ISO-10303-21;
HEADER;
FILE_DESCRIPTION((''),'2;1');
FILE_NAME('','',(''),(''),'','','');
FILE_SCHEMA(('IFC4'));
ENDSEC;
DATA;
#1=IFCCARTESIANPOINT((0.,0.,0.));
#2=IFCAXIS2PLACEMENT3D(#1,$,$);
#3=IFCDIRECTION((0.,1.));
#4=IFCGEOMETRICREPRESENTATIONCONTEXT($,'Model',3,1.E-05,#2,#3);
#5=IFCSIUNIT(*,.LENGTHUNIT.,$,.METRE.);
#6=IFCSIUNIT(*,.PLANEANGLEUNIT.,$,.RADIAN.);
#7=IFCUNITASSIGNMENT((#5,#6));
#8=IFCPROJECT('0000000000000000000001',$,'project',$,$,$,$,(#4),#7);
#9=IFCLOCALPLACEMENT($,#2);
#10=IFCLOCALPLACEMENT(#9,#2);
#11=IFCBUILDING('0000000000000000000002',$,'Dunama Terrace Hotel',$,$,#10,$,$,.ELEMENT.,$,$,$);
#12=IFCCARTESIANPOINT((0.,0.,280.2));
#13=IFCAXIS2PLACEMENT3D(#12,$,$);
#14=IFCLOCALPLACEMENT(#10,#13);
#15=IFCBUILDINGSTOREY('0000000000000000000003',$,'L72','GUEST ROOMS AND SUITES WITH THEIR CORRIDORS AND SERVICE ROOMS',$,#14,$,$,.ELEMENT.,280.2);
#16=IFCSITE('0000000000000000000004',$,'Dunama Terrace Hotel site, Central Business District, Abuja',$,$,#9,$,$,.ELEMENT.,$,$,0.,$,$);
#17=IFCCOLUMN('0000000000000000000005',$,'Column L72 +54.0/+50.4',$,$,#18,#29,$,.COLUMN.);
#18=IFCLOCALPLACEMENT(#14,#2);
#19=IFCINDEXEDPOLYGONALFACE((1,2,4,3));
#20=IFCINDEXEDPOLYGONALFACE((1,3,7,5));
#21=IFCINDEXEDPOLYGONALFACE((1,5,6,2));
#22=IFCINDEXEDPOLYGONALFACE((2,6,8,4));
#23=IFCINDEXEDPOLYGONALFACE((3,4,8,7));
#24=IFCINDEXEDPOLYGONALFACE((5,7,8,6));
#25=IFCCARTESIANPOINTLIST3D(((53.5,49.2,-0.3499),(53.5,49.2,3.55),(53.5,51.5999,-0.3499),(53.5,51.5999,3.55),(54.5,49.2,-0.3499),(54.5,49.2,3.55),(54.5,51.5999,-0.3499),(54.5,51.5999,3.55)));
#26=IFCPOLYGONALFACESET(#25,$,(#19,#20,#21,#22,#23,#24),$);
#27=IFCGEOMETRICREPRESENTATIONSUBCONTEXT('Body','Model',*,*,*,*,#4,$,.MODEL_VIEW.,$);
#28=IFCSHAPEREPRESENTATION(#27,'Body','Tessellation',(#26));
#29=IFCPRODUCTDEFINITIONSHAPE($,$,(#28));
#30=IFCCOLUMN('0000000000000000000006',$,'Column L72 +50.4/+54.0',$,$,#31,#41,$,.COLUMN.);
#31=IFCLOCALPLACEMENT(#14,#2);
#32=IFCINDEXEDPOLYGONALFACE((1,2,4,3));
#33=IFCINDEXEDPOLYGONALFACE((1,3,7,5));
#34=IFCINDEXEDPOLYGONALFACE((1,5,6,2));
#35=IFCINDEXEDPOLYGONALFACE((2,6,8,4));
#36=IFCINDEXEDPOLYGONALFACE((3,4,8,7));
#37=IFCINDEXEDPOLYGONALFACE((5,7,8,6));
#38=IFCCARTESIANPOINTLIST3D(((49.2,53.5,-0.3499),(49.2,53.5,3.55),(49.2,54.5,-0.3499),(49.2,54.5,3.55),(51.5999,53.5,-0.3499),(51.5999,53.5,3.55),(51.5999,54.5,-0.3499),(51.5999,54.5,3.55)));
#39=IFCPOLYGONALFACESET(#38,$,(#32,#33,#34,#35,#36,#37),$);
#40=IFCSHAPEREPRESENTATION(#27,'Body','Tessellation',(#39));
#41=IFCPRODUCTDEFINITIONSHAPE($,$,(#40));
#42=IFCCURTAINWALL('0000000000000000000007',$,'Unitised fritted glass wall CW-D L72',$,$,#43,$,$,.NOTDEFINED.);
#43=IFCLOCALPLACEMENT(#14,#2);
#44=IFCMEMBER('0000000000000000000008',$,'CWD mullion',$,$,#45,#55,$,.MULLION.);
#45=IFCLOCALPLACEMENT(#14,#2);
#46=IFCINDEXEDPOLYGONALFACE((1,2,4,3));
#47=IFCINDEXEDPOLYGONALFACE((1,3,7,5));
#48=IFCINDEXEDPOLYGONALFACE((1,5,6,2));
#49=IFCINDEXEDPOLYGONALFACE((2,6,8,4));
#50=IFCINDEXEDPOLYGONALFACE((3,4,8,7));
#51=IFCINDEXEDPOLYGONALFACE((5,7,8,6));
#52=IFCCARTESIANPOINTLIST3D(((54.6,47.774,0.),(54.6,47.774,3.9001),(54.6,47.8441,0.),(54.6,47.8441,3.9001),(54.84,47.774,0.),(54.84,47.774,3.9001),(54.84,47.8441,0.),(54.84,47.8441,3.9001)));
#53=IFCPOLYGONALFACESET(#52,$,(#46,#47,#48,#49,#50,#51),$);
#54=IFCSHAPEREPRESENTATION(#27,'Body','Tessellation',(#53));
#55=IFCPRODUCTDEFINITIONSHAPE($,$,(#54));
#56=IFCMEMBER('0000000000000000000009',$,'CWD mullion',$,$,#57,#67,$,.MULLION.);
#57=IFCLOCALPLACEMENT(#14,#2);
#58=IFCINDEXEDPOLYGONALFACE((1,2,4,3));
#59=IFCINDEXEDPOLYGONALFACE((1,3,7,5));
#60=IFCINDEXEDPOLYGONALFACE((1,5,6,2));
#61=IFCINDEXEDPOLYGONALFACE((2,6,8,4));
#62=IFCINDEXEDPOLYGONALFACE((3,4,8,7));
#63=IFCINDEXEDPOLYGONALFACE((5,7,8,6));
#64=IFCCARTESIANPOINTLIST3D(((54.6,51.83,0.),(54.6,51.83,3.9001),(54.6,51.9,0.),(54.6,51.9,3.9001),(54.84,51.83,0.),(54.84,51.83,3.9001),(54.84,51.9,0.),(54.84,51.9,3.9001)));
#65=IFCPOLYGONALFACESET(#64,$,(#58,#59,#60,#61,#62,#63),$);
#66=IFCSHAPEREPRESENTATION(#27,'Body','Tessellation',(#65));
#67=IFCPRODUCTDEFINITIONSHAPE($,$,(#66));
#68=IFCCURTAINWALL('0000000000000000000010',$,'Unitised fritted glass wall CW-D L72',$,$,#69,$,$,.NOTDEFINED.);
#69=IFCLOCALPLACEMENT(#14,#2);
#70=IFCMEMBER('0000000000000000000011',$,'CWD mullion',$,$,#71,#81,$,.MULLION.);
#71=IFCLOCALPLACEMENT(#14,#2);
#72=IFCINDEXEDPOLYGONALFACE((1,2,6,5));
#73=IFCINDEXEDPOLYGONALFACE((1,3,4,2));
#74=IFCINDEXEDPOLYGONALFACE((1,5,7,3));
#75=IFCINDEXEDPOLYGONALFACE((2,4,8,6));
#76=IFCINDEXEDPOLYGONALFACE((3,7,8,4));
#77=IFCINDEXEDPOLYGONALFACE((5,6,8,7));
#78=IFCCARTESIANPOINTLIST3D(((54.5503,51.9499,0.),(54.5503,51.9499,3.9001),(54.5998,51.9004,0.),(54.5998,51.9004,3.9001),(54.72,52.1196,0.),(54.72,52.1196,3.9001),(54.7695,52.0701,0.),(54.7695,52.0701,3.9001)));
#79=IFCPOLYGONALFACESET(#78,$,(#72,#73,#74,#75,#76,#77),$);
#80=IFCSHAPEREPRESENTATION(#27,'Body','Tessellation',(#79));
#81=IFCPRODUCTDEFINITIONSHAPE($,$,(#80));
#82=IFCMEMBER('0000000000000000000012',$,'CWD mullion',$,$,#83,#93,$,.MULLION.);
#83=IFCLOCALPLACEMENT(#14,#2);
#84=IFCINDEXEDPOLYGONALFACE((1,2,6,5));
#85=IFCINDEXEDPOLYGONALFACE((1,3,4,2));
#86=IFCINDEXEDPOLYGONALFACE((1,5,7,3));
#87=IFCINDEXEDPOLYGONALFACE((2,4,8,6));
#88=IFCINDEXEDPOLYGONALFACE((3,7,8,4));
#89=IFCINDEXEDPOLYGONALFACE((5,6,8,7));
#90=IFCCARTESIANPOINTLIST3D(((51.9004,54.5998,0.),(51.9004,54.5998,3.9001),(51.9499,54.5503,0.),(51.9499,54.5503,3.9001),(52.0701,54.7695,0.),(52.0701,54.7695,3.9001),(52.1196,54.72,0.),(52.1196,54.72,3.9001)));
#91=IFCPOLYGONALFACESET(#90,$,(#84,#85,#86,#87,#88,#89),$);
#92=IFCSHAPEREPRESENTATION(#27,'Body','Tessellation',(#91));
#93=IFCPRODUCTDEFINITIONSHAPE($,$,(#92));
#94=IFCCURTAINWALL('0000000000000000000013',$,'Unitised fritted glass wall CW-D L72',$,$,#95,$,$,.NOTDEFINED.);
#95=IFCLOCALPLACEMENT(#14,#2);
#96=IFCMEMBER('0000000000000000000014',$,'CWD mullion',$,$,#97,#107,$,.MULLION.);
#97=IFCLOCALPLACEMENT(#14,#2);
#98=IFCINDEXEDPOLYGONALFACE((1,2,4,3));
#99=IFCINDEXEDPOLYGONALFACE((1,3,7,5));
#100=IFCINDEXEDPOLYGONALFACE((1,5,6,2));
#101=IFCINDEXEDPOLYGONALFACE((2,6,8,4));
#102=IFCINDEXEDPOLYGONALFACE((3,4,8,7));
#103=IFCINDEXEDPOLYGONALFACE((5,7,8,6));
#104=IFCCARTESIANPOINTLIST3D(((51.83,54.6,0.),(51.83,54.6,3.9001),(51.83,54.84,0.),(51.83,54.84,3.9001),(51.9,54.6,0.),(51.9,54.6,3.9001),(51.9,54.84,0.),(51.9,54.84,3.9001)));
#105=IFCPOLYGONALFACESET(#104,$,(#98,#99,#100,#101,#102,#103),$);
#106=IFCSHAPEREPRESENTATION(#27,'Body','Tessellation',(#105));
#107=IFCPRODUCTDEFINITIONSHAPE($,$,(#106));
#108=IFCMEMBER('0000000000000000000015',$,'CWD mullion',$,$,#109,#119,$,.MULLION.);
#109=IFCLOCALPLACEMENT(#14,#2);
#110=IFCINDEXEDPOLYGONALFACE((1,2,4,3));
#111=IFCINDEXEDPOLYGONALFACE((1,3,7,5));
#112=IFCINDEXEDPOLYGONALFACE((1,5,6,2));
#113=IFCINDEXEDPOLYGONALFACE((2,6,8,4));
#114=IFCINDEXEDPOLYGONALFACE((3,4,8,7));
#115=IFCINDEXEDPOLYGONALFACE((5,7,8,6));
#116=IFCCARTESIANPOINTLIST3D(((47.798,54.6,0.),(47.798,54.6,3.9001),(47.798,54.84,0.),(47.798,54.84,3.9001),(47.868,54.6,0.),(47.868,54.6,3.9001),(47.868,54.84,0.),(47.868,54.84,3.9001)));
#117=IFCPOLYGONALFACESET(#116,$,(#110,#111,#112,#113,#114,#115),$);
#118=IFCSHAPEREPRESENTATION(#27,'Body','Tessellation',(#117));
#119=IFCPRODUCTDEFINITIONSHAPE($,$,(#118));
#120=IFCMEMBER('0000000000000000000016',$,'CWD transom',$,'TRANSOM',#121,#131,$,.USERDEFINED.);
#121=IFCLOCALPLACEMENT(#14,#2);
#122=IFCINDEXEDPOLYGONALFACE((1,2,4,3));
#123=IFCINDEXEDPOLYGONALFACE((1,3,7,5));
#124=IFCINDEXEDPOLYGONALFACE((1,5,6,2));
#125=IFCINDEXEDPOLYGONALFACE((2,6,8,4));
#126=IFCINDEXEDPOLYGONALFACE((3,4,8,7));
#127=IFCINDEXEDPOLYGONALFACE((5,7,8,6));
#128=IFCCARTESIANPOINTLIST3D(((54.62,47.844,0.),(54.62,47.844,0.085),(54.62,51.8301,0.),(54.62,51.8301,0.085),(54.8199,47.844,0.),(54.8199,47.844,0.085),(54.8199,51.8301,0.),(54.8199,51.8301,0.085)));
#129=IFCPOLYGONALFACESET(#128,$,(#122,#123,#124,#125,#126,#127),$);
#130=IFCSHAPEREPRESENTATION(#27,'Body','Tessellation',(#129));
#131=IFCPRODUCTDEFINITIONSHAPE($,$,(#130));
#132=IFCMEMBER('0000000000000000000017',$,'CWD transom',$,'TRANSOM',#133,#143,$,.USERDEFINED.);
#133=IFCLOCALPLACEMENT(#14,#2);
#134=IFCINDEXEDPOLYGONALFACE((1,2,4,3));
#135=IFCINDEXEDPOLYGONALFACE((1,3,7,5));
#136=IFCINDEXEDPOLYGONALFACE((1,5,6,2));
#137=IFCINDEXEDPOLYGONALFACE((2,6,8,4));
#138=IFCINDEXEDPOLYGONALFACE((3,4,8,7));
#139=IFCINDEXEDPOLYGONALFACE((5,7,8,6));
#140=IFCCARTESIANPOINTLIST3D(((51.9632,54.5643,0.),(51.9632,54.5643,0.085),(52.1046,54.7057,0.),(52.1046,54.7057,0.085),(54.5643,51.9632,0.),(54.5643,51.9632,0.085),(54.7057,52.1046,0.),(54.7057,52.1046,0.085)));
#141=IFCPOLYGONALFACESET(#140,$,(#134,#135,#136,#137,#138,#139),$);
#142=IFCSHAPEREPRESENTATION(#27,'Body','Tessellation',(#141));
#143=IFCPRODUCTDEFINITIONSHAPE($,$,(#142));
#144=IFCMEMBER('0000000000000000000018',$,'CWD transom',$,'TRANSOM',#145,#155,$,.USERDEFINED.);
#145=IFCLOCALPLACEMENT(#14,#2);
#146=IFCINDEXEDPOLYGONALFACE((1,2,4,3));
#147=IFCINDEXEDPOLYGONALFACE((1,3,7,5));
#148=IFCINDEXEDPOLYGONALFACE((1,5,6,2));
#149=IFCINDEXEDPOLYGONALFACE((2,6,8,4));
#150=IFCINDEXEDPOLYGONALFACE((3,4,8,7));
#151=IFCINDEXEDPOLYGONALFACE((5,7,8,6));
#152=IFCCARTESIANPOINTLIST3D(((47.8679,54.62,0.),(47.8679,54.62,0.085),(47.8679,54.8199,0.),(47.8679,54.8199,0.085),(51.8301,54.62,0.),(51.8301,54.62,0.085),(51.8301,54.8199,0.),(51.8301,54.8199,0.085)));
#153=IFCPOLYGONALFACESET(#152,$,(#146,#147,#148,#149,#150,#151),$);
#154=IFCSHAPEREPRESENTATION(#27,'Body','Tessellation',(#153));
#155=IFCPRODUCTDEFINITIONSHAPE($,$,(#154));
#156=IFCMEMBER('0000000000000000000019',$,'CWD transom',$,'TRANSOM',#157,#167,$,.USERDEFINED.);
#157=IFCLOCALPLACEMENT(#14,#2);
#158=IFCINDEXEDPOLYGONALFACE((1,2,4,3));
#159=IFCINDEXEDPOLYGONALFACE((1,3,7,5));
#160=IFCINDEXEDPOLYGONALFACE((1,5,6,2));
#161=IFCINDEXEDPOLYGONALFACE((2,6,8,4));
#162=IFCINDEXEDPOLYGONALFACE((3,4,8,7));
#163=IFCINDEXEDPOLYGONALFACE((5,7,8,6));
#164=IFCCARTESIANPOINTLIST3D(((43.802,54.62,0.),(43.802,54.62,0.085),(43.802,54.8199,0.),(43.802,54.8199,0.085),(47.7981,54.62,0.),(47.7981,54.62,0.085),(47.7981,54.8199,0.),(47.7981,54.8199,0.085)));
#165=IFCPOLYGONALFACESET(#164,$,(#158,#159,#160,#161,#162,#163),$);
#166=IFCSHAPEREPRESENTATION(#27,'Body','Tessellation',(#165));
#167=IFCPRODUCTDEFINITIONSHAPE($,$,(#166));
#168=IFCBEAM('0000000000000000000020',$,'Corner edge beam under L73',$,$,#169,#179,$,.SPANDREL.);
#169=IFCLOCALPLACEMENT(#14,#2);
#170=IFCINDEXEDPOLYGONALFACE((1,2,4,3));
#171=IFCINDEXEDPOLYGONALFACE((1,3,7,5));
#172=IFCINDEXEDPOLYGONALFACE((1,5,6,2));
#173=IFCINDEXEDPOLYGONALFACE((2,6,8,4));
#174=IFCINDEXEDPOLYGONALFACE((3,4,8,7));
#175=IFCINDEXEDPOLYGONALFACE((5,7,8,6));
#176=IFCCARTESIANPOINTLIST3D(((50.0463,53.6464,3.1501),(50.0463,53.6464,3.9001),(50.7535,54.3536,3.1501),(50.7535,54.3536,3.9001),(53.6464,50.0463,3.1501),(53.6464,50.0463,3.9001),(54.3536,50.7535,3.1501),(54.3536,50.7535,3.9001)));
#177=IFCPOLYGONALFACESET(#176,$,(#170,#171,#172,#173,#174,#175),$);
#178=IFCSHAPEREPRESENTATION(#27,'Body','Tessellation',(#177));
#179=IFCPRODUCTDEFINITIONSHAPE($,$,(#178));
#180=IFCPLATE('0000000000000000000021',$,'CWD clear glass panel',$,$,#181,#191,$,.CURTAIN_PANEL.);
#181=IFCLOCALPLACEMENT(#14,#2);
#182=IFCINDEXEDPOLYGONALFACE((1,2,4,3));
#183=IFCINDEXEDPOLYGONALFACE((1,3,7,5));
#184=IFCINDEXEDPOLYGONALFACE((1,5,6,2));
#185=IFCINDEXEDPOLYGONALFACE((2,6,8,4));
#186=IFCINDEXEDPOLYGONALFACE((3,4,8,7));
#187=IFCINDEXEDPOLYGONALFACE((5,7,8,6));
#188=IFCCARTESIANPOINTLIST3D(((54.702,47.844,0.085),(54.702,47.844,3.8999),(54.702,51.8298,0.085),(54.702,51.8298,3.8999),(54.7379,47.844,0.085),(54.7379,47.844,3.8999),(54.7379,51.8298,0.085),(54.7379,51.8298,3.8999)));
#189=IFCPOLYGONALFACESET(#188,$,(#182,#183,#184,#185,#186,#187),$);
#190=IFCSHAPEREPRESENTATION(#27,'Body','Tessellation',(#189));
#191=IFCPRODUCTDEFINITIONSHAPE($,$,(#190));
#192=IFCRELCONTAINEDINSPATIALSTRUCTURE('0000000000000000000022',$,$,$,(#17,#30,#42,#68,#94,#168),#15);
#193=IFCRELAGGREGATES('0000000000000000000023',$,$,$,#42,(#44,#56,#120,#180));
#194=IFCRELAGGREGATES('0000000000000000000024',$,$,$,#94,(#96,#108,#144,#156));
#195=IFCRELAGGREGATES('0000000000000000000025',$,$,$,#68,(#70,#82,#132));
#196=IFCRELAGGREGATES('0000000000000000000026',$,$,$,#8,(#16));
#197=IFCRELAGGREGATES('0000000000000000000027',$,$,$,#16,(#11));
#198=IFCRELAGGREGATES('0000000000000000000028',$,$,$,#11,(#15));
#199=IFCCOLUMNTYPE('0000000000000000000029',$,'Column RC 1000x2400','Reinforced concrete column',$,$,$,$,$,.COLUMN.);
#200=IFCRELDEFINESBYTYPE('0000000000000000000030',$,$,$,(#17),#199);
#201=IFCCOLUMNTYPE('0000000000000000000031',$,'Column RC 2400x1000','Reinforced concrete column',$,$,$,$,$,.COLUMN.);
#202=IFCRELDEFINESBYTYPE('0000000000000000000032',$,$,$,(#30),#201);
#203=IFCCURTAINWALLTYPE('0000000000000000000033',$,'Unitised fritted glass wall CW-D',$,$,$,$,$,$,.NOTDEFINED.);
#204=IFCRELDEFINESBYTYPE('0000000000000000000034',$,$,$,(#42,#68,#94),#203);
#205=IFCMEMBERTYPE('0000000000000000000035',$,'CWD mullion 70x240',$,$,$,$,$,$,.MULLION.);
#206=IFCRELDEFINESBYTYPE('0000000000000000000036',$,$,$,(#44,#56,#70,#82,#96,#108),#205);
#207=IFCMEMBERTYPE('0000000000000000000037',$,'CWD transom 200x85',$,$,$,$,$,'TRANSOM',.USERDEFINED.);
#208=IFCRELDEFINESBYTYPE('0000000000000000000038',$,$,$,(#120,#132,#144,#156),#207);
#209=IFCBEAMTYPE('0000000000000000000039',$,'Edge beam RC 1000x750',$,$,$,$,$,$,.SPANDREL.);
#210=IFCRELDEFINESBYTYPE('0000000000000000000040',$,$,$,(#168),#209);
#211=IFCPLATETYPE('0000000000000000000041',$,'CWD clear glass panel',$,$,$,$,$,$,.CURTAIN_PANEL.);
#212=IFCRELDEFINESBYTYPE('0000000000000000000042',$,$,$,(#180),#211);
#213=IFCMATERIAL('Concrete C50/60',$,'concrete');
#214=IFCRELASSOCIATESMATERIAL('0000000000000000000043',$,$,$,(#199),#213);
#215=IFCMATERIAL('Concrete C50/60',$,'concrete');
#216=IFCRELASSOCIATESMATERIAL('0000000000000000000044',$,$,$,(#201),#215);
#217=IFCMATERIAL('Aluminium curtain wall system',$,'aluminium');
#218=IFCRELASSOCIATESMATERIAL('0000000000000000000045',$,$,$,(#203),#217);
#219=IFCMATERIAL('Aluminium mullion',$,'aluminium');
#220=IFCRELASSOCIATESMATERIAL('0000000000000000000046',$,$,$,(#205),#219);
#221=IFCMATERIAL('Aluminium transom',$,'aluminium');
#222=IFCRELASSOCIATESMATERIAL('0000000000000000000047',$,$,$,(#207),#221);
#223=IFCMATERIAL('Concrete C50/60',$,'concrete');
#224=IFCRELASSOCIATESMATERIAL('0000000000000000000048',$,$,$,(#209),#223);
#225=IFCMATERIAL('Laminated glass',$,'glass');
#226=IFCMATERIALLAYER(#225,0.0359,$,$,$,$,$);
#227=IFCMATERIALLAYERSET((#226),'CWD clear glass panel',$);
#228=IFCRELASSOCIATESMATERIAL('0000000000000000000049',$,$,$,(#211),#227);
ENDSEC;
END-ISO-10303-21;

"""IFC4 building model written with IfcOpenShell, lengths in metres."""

from ifc_helpers import new_model, si_unit, direction, frame, origin, origin_2d, place, context, subcontext, project, spatial, rectangle, extrude, material, layer, layer_set, material_profile, profile_set, type_object, element, aggregate, save


model = new_model("IFC4")

# Units and contexts
model_context = context("Model", 3, precision=1e-05, world=origin(), true_north=direction((0.0, 1.0)))
body_context = subcontext(model_context, "Body", "Model", "MODEL_VIEW")
ifc_project = project(units=[si_unit("LENGTHUNIT", "METRE"), si_unit("PLANEANGLEUNIT", "RADIAN")], contexts=[model_context])

# Site, building, storey
site_placement = place(None, origin())
site = spatial("IfcSite", under=ifc_project, at=site_placement, Name="Dunama Terrace Hotel site, Central Business District, Abuja", CompositionType="ELEMENT", RefElevation=0.0)
building_placement = place(site_placement, origin())
building = spatial("IfcBuilding", under=site, at=building_placement, Name="Dunama Terrace Hotel", CompositionType="ELEMENT")
storey_placement = place(building_placement, frame((0.0, 0.0, 280.2)))
storey = spatial("IfcBuildingStorey", under=building, at=storey_placement, Name="L72", Description="GUEST ROOMS AND SUITES WITH THEIR CORRIDORS AND SERVICE ROOMS", CompositionType="ELEMENT", Elevation=280.2)

# Columns
ifc_material_1 = material(Name="Concrete C50/60", Category="concrete")
ifc_material_profile_1 = material_profile(ifc_material_1, rectangle(XDim=1.0, YDim=2.3999, at=origin_2d()), Name="RC 1000x2400")
ifc_profile_set_1 = profile_set([ifc_material_profile_1], Name="Concrete C50/60")
column_type_1 = type_object("IfcColumnType", Name="Column RC 1000x2400", Description="Reinforced concrete column", PredefinedType="COLUMN", material=ifc_profile_set_1)
column_1_placement = place(storey_placement, frame((54.0, 50.3999, -0.3499), z_axis=(0.0, 0.0, 1.0), x_axis=(1.0, 0.0, 0.0)))
element("IfcColumn", 1, at=column_1_placement, inside=storey, type_object=column_type_1, Name="Column L72 +54.0/+50.4", PredefinedType="COLUMN", context=body_context, shape_type="SweptSolid", body=[
    extrude(rectangle(XDim=1.0, YDim=2.3999, at=origin_2d()), origin(), (0.0, 0.0, 1.0), 3.8999),
])
ifc_material_2 = material(Name="Concrete C50/60", Category="concrete")
ifc_material_profile_2 = material_profile(ifc_material_2, rectangle(XDim=2.3999, YDim=1.0, at=origin_2d()), Name="RC 2400x1000")
ifc_profile_set_2 = profile_set([ifc_material_profile_2], Name="Concrete C50/60")
column_type_2 = type_object("IfcColumnType", Name="Column RC 2400x1000", Description="Reinforced concrete column", PredefinedType="COLUMN", material=ifc_profile_set_2)
column_2_placement = place(storey_placement, frame((50.3999, 54.0, -0.3499), z_axis=(0.0, 0.0, 1.0), x_axis=(1.0, 0.0, 0.0)))
element("IfcColumn", 2, at=column_2_placement, inside=storey, type_object=column_type_2, Name="Column L72 +50.4/+54.0", PredefinedType="COLUMN", context=body_context, shape_type="SweptSolid", body=[
    extrude(rectangle(XDim=2.3999, YDim=1.0, at=origin_2d()), origin(), (0.0, 0.0, 1.0), 3.8999),
])

# Curtain walls, members
ifc_material_3 = material(Name="Aluminium curtain wall system", Category="aluminium")
curtain_wall_type = type_object("IfcCurtainWallType", Name="Unitised fritted glass wall CW-D", PredefinedType="NOTDEFINED", material=ifc_material_3)
curtain_wall_1_placement = place(storey_placement, origin())
curtain_wall_1 = element("IfcCurtainWall", 3, at=curtain_wall_1_placement, inside=storey, type_object=curtain_wall_type, Name="Unitised fritted glass wall CW-D L72", PredefinedType="NOTDEFINED")
ifc_material_4 = material(Name="Aluminium mullion", Category="aluminium")
ifc_material_profile_3 = material_profile(ifc_material_4, rectangle(XDim=0.0701, YDim=0.24, at=origin_2d()), Name="CWD MULLION 70X240")
ifc_profile_set_3 = profile_set([ifc_material_profile_3], Name="Aluminium mullion")
member_type_1 = type_object("IfcMemberType", Name="CWD mullion 70x240", PredefinedType="MULLION", material=ifc_profile_set_3)
member_1_placement = place(storey_placement, frame((54.72, 47.8091, 0.0), z_axis=(0.0, 0.0, 1.0), x_axis=(0.0, 1.0, 0.0)))
member_1 = element("IfcMember", 4, at=member_1_placement, type_object=member_type_1, Name="CWD mullion", PredefinedType="MULLION", context=body_context, shape_type="SweptSolid", body=[
    extrude(rectangle(XDim=0.0701, YDim=0.24, at=origin_2d()), origin(), (0.0, 0.0, 1.0), 3.9001),
])
member_2_placement = place(storey_placement, frame((54.72, 51.865, 0.0), z_axis=(0.0, 0.0, 1.0), x_axis=(0.0, 1.0, 0.0)))
member_2 = element("IfcMember", 5, at=member_2_placement, type_object=member_type_1, Name="CWD mullion", PredefinedType="MULLION", context=body_context, shape_type="SweptSolid", body=[
    extrude(rectangle(XDim=0.0701, YDim=0.24, at=origin_2d()), origin(), (0.0, 0.0, 1.0), 3.9001),
])
curtain_wall_2_placement = place(storey_placement, origin())
curtain_wall_2 = element("IfcCurtainWall", 6, at=curtain_wall_2_placement, inside=storey, type_object=curtain_wall_type, Name="Unitised fritted glass wall CW-D L72", PredefinedType="NOTDEFINED")
member_3_placement = place(storey_placement, frame((54.6599, 52.01, 0.0), z_axis=(0.0, 0.0, 1.0), x_axis=(-0.707107, 0.707107, 0.0)))
member_3 = element("IfcMember", 7, at=member_3_placement, type_object=member_type_1, Name="CWD mullion", PredefinedType="MULLION", context=body_context, shape_type="SweptSolid", body=[
    extrude(rectangle(XDim=0.0701, YDim=0.24, at=origin_2d()), origin(), (0.0, 0.0, 1.0), 3.9001),
])
member_4_placement = place(storey_placement, frame((52.01, 54.6599, 0.0), z_axis=(0.0, 0.0, 1.0), x_axis=(-0.707107, 0.707107, 0.0)))
member_4 = element("IfcMember", 8, at=member_4_placement, type_object=member_type_1, Name="CWD mullion", PredefinedType="MULLION", context=body_context, shape_type="SweptSolid", body=[
    extrude(rectangle(XDim=0.0701, YDim=0.24, at=origin_2d()), origin(), (0.0, 0.0, 1.0), 3.9001),
])
curtain_wall_3_placement = place(storey_placement, origin())
curtain_wall_3 = element("IfcCurtainWall", 9, at=curtain_wall_3_placement, inside=storey, type_object=curtain_wall_type, Name="Unitised fritted glass wall CW-D L72", PredefinedType="NOTDEFINED")
member_5_placement = place(storey_placement, frame((51.865, 54.72, 0.0), z_axis=(0.0, 0.0, 1.0), x_axis=(-1.0, 0.0, 0.0)))
member_5 = element("IfcMember", 10, at=member_5_placement, type_object=member_type_1, Name="CWD mullion", PredefinedType="MULLION", context=body_context, shape_type="SweptSolid", body=[
    extrude(rectangle(XDim=0.0701, YDim=0.24, at=origin_2d()), origin(), (0.0, 0.0, 1.0), 3.9001),
])
member_6_placement = place(storey_placement, frame((47.833, 54.72, 0.0), z_axis=(0.0, 0.0, 1.0), x_axis=(-1.0, 0.0, 0.0)))
member_6 = element("IfcMember", 11, at=member_6_placement, type_object=member_type_1, Name="CWD mullion", PredefinedType="MULLION", context=body_context, shape_type="SweptSolid", body=[
    extrude(rectangle(XDim=0.0701, YDim=0.24, at=origin_2d()), origin(), (0.0, 0.0, 1.0), 3.9001),
])

# Members
ifc_material_5 = material(Name="Aluminium transom", Category="aluminium")
ifc_material_profile_4 = material_profile(ifc_material_5, rectangle(XDim=0.2, YDim=0.085, at=origin_2d()), Name="CWD TRANSOM 200X85")
ifc_profile_set_4 = profile_set([ifc_material_profile_4], Name="Aluminium transom")
member_type_2 = type_object("IfcMemberType", Name="CWD transom 200x85", ElementType="TRANSOM", PredefinedType="USERDEFINED", material=ifc_profile_set_4)
member_7_placement = place(storey_placement, frame((54.72, 47.844, 0.0425), z_axis=(0.0, 1.0, 0.0), x_axis=(-1.0, 0.0, 0.0)))
member_7 = element("IfcMember", 12, at=member_7_placement, type_object=member_type_2, Name="CWD transom", ObjectType="TRANSOM", PredefinedType="USERDEFINED", context=body_context, shape_type="SweptSolid", body=[
    extrude(rectangle(XDim=0.2, YDim=0.085, at=origin_2d()), origin(), (0.0, 0.0, 1.0), 3.9861),
])
member_8_placement = place(storey_placement, frame((54.635, 52.0339, 0.0425), z_axis=(-0.707107, 0.707107, 0.0), x_axis=(-0.707107, -0.707107, 0.0)))
member_8 = element("IfcMember", 13, at=member_8_placement, type_object=member_type_2, Name="CWD transom", ObjectType="TRANSOM", PredefinedType="USERDEFINED", context=body_context, shape_type="SweptSolid", body=[
    extrude(rectangle(XDim=0.2, YDim=0.085, at=origin_2d()), origin(), (0.0, 0.0, 1.0), 3.6785),
])
member_9_placement = place(storey_placement, frame((51.8301, 54.72, 0.0425), z_axis=(-1.0, 0.0, 0.0), x_axis=(0.0, -1.0, 0.0)))
member_9 = element("IfcMember", 14, at=member_9_placement, type_object=member_type_2, Name="CWD transom", ObjectType="TRANSOM", PredefinedType="USERDEFINED", context=body_context, shape_type="SweptSolid", body=[
    extrude(rectangle(XDim=0.2, YDim=0.085, at=origin_2d()), origin(), (0.0, 0.0, 1.0), 3.9622),
])
member_10_placement = place(storey_placement, frame((47.7981, 54.72, 0.0425), z_axis=(-1.0, 0.0, 0.0), x_axis=(0.0, -1.0, 0.0)))
member_10 = element("IfcMember", 15, at=member_10_placement, type_object=member_type_2, Name="CWD transom", ObjectType="TRANSOM", PredefinedType="USERDEFINED", context=body_context, shape_type="SweptSolid", body=[
    extrude(rectangle(XDim=0.2, YDim=0.085, at=origin_2d()), origin(), (0.0, 0.0, 1.0), 3.9961),
])

# Beam
ifc_material_6 = material(Name="Concrete C50/60", Category="concrete")
ifc_material_profile_5 = material_profile(ifc_material_6, rectangle(XDim=1.0, YDim=0.75, at=origin_2d()), Name="RC 1000x750")
ifc_profile_set_5 = profile_set([ifc_material_profile_5], Name="Concrete C50/60")
beam_type = type_object("IfcBeamType", Name="Edge beam RC 1000x750", PredefinedType="SPANDREL", material=ifc_profile_set_5)
beam_placement = place(storey_placement, frame((50.3999, 54.0, 3.5251), z_axis=(0.707107, -0.707107, 0.0), x_axis=(0.707107, 0.707107, 0.0)))
element("IfcBeam", 16, at=beam_placement, inside=storey, type_object=beam_type, Name="Corner edge beam under L73", PredefinedType="SPANDREL", context=body_context, shape_type="SweptSolid", body=[
    extrude(rectangle(XDim=1.0, YDim=0.75, at=origin_2d()), origin(), (0.0, 0.0, 1.0), 5.0913),
])

# Plate
ifc_material_7 = material(Name="Laminated glass", Category="glass")
ifc_layer_1 = layer(ifc_material_7, 0.0359)
ifc_layer_set_1 = layer_set([ifc_layer_1], Name="CWD clear glass panel")
plate_type_1 = type_object("IfcPlateType", Name="CWD clear glass panel", PredefinedType="CURTAIN_PANEL", material=ifc_layer_set_1)
plate_1_placement = place(storey_placement, frame((54.72, 49.8369, 0.085), z_axis=(0.0, 0.0, 1.0), x_axis=(0.0, 1.0, 0.0)))
plate_1 = element("IfcPlate", 17, at=plate_1_placement, type_object=plate_type_1, Name="CWD clear glass panel", PredefinedType="CURTAIN_PANEL", context=body_context, shape_type="SweptSolid", body=[
    extrude(rectangle(XDim=3.9858, YDim=0.0359, at=origin_2d()), origin(), (0.0, 0.0, 1.0), 3.8149),
])
aggregate(curtain_wall_1, [member_1, member_2, member_7, plate_1])
aggregate(curtain_wall_3, [member_5, member_6, member_9, member_10])
aggregate(curtain_wall_2, [member_3, member_4, member_8])

save(model, "model.ifc")
